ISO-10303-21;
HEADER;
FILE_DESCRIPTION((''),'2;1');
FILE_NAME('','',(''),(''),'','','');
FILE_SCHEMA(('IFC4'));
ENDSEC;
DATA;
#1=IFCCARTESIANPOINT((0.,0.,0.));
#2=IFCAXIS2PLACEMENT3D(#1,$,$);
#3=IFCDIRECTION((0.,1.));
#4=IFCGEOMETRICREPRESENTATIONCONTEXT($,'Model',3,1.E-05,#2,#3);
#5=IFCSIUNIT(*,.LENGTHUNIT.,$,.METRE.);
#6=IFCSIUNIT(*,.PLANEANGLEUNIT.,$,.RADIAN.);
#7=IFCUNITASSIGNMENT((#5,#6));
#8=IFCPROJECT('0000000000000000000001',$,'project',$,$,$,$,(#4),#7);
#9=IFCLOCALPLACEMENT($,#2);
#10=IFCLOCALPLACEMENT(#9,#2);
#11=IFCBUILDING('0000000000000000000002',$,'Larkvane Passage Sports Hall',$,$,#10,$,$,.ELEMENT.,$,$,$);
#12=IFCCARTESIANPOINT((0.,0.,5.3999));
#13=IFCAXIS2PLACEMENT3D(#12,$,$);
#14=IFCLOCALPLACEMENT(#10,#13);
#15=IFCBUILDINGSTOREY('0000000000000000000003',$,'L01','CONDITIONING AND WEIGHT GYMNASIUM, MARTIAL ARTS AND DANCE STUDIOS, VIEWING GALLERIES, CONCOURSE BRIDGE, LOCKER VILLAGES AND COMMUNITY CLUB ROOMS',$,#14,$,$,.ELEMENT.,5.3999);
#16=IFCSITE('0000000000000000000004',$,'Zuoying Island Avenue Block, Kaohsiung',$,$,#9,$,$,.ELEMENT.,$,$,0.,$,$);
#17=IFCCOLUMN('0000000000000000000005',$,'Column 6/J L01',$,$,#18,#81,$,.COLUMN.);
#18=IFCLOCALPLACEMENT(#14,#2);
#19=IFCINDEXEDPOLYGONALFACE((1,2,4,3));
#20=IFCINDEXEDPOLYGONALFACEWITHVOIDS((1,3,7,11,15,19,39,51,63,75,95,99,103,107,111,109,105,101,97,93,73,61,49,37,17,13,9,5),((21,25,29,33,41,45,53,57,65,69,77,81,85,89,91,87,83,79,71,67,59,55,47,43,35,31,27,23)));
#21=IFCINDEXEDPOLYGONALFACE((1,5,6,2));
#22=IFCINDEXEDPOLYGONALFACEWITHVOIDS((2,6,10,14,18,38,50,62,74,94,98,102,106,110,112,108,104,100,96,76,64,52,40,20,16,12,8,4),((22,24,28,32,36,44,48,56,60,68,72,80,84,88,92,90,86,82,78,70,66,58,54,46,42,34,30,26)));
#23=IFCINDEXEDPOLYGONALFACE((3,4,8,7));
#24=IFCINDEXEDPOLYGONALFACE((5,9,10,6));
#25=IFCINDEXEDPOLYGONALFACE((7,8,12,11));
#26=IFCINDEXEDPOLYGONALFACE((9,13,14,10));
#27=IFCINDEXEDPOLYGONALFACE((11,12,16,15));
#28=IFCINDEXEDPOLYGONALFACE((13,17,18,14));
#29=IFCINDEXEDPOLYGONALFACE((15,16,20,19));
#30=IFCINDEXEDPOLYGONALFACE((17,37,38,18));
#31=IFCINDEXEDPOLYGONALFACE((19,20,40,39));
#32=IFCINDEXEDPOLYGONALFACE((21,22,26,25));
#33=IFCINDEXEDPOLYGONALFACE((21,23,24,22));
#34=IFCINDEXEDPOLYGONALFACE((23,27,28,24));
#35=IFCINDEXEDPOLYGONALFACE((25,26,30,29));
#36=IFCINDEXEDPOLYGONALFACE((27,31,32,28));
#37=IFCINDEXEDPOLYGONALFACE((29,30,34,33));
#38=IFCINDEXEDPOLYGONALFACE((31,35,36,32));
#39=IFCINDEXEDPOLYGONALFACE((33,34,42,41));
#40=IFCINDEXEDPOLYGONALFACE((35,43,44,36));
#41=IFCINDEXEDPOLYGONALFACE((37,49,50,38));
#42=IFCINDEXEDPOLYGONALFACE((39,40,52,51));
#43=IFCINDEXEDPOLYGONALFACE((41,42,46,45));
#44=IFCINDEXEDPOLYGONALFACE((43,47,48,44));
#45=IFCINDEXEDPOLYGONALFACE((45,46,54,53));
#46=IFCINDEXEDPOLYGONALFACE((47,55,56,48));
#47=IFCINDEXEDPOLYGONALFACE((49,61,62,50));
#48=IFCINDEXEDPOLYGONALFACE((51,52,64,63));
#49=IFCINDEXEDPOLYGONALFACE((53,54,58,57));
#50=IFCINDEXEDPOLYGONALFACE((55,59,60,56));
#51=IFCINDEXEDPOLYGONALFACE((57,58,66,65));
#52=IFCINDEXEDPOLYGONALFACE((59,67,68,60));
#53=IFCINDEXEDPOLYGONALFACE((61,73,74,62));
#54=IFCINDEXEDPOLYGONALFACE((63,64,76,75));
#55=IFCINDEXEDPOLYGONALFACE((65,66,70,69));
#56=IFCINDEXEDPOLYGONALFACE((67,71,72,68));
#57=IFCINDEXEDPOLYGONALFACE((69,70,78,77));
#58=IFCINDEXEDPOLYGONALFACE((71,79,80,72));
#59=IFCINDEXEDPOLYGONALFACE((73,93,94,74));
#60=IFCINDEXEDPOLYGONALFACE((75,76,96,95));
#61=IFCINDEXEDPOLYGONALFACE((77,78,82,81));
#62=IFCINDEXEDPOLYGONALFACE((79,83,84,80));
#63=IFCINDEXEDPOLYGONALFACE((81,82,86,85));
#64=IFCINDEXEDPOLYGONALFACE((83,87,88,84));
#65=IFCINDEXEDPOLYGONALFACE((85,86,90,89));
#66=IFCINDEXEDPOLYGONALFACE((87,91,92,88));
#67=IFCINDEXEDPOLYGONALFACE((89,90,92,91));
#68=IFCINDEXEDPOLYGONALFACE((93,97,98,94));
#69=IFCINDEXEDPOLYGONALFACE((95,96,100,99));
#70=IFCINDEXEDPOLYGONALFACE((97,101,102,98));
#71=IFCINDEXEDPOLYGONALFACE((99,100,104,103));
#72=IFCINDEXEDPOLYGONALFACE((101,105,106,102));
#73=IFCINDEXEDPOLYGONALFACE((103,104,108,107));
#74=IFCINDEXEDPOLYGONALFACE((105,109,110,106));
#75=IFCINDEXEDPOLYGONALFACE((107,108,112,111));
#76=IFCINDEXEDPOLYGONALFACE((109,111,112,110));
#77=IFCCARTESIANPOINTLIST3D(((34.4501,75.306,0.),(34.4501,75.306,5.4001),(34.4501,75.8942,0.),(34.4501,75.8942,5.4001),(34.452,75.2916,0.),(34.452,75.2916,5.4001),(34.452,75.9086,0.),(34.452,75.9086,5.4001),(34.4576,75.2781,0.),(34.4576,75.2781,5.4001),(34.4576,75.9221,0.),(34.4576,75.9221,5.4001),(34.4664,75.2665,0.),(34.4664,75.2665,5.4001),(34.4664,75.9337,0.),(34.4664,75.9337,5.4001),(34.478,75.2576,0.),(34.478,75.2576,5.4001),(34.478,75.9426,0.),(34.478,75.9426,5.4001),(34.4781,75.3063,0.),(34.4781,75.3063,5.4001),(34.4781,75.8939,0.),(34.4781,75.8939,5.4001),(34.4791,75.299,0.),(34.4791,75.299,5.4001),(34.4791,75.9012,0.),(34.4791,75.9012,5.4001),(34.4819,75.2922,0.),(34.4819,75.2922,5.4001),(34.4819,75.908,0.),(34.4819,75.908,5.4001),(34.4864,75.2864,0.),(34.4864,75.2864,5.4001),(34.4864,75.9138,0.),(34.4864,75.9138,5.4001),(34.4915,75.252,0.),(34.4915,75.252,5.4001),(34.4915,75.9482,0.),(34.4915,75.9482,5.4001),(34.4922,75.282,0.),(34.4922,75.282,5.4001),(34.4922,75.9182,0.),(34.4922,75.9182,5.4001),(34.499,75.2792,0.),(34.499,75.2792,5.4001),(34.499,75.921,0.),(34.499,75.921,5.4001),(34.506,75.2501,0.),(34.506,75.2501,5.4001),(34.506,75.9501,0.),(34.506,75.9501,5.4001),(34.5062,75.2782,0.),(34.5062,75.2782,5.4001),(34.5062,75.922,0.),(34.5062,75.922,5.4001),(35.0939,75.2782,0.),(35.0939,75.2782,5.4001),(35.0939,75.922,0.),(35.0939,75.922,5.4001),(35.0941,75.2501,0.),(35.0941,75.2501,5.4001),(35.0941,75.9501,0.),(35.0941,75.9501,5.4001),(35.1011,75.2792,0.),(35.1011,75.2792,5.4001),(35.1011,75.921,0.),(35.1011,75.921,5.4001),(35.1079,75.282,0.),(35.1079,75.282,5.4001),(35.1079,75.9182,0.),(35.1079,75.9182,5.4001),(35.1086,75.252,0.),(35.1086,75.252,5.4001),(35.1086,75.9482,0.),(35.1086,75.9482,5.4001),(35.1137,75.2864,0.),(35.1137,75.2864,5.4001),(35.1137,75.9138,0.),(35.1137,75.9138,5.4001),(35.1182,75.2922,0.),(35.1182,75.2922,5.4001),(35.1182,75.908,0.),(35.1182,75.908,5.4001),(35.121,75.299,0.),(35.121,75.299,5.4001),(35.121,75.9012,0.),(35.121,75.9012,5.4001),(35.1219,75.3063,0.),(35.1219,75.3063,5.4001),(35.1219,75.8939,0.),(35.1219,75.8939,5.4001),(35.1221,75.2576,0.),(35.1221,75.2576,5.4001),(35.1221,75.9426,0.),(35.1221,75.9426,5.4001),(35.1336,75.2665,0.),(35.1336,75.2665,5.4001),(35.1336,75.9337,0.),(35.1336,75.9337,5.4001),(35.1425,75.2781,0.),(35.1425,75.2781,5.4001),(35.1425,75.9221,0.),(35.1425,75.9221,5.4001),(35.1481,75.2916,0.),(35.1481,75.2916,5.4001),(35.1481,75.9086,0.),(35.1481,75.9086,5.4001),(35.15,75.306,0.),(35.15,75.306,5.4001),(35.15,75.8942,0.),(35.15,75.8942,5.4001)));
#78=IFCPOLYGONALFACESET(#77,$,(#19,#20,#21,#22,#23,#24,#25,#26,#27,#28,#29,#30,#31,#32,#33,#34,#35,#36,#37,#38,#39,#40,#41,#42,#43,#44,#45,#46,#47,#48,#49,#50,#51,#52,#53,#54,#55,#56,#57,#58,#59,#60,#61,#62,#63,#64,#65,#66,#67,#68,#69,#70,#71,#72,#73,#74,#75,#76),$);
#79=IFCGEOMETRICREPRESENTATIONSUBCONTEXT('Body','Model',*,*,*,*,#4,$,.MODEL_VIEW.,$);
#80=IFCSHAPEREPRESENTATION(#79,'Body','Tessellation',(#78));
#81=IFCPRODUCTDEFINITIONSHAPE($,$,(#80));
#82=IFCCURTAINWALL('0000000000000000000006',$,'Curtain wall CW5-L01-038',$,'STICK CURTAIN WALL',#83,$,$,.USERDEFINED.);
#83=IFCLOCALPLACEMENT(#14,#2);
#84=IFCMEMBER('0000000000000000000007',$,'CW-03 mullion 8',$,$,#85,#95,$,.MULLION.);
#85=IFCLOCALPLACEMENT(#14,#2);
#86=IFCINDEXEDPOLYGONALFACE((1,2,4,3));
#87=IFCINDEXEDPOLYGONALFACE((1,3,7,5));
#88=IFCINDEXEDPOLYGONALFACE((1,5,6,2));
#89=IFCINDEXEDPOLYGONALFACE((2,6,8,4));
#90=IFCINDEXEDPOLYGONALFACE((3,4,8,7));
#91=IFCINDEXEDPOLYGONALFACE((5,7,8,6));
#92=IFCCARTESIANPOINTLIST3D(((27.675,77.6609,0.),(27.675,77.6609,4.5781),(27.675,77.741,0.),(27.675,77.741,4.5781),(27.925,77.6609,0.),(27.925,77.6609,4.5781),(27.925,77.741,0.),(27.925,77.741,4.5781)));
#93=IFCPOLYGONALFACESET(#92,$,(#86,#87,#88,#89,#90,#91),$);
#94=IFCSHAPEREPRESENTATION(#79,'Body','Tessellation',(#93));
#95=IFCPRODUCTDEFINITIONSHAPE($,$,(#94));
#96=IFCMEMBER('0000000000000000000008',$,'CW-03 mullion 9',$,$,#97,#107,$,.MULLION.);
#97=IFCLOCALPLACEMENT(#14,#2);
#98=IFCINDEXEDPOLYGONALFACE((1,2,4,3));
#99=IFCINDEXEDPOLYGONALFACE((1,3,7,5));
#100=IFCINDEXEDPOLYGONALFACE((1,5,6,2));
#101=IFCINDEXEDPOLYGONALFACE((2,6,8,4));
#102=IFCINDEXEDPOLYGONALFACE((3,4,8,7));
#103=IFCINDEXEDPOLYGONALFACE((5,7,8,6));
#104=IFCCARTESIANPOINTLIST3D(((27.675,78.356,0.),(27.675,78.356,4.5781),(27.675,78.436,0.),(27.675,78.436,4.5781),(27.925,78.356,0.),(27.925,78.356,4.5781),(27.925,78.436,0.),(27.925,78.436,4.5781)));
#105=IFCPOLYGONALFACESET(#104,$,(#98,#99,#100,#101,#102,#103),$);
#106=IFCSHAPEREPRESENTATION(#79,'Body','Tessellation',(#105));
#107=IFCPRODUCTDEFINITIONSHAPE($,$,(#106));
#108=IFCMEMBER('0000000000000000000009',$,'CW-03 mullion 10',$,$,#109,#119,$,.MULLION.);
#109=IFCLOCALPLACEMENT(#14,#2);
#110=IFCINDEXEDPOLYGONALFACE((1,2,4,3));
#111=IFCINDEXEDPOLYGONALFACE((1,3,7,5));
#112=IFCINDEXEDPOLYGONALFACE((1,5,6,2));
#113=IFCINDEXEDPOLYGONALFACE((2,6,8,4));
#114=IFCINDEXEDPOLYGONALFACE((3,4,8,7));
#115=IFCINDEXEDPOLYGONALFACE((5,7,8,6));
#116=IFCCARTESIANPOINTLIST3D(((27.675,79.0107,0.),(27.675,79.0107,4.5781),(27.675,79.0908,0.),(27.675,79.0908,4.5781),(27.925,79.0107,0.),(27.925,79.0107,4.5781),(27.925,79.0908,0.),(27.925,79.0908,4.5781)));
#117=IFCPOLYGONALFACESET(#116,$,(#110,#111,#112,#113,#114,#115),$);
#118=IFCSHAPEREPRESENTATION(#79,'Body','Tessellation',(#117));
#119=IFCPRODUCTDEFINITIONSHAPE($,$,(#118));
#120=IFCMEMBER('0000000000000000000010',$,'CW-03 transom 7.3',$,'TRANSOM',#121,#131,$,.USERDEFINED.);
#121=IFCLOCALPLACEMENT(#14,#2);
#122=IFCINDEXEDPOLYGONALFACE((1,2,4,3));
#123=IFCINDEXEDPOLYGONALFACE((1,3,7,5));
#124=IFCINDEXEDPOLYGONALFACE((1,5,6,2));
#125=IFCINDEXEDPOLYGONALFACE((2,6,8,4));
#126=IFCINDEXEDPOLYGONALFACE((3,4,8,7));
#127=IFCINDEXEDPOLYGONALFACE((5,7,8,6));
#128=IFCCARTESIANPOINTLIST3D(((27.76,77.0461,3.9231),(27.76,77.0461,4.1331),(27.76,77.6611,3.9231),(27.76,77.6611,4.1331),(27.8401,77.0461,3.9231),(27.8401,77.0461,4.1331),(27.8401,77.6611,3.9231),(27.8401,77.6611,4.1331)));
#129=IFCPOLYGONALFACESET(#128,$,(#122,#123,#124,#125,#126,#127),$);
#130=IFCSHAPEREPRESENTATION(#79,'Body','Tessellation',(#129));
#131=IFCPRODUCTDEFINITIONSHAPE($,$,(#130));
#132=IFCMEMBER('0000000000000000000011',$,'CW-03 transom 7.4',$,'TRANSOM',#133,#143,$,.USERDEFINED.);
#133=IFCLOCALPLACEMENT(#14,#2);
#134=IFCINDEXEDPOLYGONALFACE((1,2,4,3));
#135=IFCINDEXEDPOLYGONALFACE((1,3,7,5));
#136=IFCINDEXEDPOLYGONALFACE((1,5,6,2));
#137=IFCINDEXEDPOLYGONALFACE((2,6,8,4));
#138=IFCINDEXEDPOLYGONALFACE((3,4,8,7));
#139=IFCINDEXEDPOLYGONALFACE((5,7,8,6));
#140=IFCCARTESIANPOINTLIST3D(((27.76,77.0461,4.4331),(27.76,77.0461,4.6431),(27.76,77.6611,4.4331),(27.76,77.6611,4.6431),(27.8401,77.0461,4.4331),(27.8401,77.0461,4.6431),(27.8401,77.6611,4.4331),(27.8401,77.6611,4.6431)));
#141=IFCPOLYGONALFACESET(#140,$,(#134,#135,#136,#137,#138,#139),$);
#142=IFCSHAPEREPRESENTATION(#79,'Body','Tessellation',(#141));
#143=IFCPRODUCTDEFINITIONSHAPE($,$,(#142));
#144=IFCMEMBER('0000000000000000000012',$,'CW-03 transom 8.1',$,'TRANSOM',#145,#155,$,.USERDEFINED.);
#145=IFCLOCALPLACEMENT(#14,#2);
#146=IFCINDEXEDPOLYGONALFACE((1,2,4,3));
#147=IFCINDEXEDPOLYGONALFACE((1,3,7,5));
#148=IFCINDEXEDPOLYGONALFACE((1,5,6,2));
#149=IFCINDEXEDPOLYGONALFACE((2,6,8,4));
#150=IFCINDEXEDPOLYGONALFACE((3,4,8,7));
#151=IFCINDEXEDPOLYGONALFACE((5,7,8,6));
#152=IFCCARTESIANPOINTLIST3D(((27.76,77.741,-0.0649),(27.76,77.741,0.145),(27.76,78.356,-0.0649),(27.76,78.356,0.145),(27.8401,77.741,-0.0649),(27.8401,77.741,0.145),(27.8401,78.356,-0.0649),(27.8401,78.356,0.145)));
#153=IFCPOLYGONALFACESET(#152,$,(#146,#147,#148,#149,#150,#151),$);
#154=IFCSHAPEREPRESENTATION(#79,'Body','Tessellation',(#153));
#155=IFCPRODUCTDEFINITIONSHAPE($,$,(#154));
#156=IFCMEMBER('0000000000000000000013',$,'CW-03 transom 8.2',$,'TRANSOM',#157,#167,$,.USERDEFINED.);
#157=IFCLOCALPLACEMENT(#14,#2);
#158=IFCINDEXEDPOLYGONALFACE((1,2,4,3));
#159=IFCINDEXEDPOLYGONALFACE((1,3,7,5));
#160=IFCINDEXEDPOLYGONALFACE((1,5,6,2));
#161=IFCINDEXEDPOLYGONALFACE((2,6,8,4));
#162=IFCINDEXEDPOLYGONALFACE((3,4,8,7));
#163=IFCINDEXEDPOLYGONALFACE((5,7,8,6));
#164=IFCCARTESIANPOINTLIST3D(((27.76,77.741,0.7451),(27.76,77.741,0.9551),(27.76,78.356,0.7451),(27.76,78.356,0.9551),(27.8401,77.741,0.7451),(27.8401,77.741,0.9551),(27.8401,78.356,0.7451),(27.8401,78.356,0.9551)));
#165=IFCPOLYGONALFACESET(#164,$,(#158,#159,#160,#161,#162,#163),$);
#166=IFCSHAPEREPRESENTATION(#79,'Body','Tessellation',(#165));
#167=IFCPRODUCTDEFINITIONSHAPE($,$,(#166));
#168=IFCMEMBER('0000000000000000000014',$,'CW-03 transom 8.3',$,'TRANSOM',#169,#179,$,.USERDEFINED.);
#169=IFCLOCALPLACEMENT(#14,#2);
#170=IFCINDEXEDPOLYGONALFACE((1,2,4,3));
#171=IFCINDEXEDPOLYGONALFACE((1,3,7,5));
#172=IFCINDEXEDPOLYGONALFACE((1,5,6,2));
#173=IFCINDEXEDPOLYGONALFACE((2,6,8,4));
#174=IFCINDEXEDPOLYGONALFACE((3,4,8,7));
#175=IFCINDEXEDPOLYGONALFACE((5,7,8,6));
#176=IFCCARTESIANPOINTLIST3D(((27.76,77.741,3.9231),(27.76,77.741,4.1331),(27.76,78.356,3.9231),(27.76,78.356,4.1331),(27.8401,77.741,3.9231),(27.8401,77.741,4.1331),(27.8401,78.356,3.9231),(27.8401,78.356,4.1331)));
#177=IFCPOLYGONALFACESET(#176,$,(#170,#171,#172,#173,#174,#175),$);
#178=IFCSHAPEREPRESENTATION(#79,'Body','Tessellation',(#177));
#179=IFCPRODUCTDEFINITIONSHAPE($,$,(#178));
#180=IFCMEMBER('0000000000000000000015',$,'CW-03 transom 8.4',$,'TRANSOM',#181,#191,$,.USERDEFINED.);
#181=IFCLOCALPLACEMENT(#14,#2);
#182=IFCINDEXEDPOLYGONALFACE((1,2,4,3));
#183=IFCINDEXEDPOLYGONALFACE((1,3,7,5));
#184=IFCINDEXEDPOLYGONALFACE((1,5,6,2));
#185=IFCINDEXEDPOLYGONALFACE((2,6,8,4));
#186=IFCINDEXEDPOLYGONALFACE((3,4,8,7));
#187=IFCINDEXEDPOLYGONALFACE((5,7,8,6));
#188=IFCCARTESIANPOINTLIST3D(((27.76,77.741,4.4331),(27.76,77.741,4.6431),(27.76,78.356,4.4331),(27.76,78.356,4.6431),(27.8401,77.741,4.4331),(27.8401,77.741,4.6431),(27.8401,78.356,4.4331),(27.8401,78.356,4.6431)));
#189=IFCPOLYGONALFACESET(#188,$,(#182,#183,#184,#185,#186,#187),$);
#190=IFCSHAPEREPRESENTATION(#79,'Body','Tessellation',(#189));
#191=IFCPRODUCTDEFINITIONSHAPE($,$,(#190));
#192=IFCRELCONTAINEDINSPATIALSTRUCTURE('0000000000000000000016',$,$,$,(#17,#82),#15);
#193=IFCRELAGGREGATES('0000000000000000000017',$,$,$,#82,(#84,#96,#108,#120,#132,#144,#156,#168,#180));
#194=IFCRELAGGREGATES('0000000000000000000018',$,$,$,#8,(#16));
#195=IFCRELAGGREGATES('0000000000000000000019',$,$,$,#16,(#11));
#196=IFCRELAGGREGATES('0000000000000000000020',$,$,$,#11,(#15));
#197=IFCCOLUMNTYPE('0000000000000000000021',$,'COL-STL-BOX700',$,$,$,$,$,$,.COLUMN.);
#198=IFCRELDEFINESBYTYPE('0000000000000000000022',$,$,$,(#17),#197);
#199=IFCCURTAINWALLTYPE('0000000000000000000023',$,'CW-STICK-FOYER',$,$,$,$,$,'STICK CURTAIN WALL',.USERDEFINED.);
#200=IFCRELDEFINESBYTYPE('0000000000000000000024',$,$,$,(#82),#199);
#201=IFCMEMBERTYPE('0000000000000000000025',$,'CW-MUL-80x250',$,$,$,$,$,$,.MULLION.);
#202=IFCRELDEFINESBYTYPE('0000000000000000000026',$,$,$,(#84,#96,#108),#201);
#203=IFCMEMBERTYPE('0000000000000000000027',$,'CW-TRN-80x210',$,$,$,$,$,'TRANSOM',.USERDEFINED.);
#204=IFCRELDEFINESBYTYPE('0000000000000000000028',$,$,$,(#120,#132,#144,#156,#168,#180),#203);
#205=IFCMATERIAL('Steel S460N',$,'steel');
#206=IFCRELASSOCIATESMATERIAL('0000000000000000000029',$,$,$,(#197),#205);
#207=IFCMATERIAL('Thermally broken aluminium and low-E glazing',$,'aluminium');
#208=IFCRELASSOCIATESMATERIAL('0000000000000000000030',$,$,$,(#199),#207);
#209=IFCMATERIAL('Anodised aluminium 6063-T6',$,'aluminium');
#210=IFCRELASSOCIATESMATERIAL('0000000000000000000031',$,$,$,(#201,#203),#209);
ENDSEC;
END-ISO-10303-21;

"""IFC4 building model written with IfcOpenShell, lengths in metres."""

from ifc_helpers import new_model, si_unit, direction, frame, origin, origin_2d, place, context, subcontext, project, spatial, rectangle, hollow_rectangle, extrude, material, material_profile, profile_set, type_object, element, aggregate, save


model = new_model("IFC4")

# Units and contexts
model_context = context("Model", 3, precision=1e-05, world=origin(), true_north=direction((0.0, 1.0)))
body_context = subcontext(model_context, "Body", "Model", "MODEL_VIEW")
ifc_project = project(units=[si_unit("LENGTHUNIT", "METRE"), si_unit("PLANEANGLEUNIT", "RADIAN")], contexts=[model_context])

# Site, building, storey
site_placement = place(None, origin())
site = spatial("IfcSite", under=ifc_project, at=site_placement, Name="Zuoying Island Avenue Block, Kaohsiung", CompositionType="ELEMENT", RefElevation=0.0)
building_placement = place(site_placement, origin())
building = spatial("IfcBuilding", under=site, at=building_placement, Name="Larkvane Passage Sports Hall", CompositionType="ELEMENT")
storey_placement = place(building_placement, frame((0.0, 0.0, 5.3999)))
storey = spatial("IfcBuildingStorey", under=building, at=storey_placement, Name="L01", Description="CONDITIONING AND WEIGHT GYMNASIUM, MARTIAL ARTS AND DANCE STUDIOS, VIEWING GALLERIES, CONCOURSE BRIDGE, LOCKER VILLAGES AND COMMUNITY CLUB ROOMS", CompositionType="ELEMENT", Elevation=5.3999)

# Column
ifc_material_1 = material(Name="Steel S460N", Category="steel")
ifc_material_profile_1 = material_profile(ifc_material_1, hollow_rectangle(XDim=0.7, YDim=0.7, WallThickness=0.0281, InnerFilletRadius=0.0281, OuterFilletRadius=0.0559, at=origin_2d()), Name="BOX-700x700x28")
ifc_profile_set_1 = profile_set([ifc_material_profile_1], Name="Steel S460N")
column_type = type_object("IfcColumnType", Name="COL-STL-BOX700", PredefinedType="COLUMN", material=ifc_profile_set_1)
column_placement = place(storey_placement, frame((34.8, 75.6001, 0.0), z_axis=(0.0, 0.0, 1.0), x_axis=(1.0, 0.0, 0.0)))
element("IfcColumn", 1, at=column_placement, inside=storey, type_object=column_type, Name="Column 6/J L01", PredefinedType="COLUMN", context=body_context, shape_type="SweptSolid", body=[
    extrude(hollow_rectangle(XDim=0.7, YDim=0.7, WallThickness=0.0281, InnerFilletRadius=0.0281, OuterFilletRadius=0.0559, at=origin_2d()), origin(), (0.0, 0.0, 1.0), 5.4001),
])

# Curtain wall, members
ifc_material_2 = material(Name="Thermally broken aluminium and low-E glazing", Category="aluminium")
curtain_wall_type = type_object("IfcCurtainWallType", Name="CW-STICK-FOYER", ElementType="STICK CURTAIN WALL", PredefinedType="USERDEFINED", material=ifc_material_2)
curtain_wall_placement = place(storey_placement, origin())
curtain_wall = element("IfcCurtainWall", 2, at=curtain_wall_placement, inside=storey, type_object=curtain_wall_type, Name="Curtain wall CW5-L01-038", ObjectType="STICK CURTAIN WALL", PredefinedType="USERDEFINED")
ifc_material_3 = material(Name="Anodised aluminium 6063-T6", Category="aluminium")
ifc_material_profile_2 = material_profile(ifc_material_3, rectangle(XDim=0.0801, YDim=0.25, at=origin_2d()), Name="ALU-MUL-80x250")
ifc_profile_set_2 = profile_set([ifc_material_profile_2], Name="Anodised aluminium 6063-T6")
member_type_1 = type_object("IfcMemberType", Name="CW-MUL-80x250", PredefinedType="MULLION", material=ifc_profile_set_2)
member_1_placement = place(storey_placement, frame((27.8, 77.7009, 0.0), z_axis=(0.0, 0.0, 1.0), x_axis=(0.0, 1.0, 0.0)))
member_1 = element("IfcMember", 3, at=member_1_placement, type_object=member_type_1, Name="CW-03 mullion 8", PredefinedType="MULLION", context=body_context, shape_type="SweptSolid", body=[
    extrude(rectangle(XDim=0.0801, YDim=0.25, at=origin_2d()), origin(), (0.0, 0.0, 1.0), 4.5781),
])
member_2_placement = place(storey_placement, frame((27.8, 78.396, 0.0), z_axis=(0.0, 0.0, 1.0), x_axis=(0.0, 1.0, 0.0)))
member_2 = element("IfcMember", 4, at=member_2_placement, type_object=member_type_1, Name="CW-03 mullion 9", PredefinedType="MULLION", context=body_context, shape_type="SweptSolid", body=[
    extrude(rectangle(XDim=0.0801, YDim=0.25, at=origin_2d()), origin(), (0.0, 0.0, 1.0), 4.5781),
])
member_3_placement = place(storey_placement, frame((27.8, 79.0508, 0.0), z_axis=(0.0, 0.0, 1.0), x_axis=(0.0, 1.0, 0.0)))
member_3 = element("IfcMember", 5, at=member_3_placement, type_object=member_type_1, Name="CW-03 mullion 10", PredefinedType="MULLION", context=body_context, shape_type="SweptSolid", body=[
    extrude(rectangle(XDim=0.0801, YDim=0.25, at=origin_2d()), origin(), (0.0, 0.0, 1.0), 4.5781),
])
ifc_material_profile_3 = material_profile(ifc_material_3, rectangle(XDim=0.0801, YDim=0.21, at=origin_2d()), Name="ALU-TRN-80x210")
ifc_profile_set_3 = profile_set([ifc_material_profile_3], Name="Anodised aluminium 6063-T6")
member_type_2 = type_object("IfcMemberType", Name="CW-TRN-80x210", ElementType="TRANSOM", PredefinedType="USERDEFINED", material=ifc_profile_set_3)
member_4_placement = place(storey_placement, frame((27.8, 77.0461, 4.0281), z_axis=(0.0, 1.0, 0.0), x_axis=(-1.0, 0.0, 0.0)))
member_4 = element("IfcMember", 6, at=member_4_placement, type_object=member_type_2, Name="CW-03 transom 7.3", ObjectType="TRANSOM", PredefinedType="USERDEFINED", context=body_context, shape_type="SweptSolid", body=[
    extrude(rectangle(XDim=0.0801, YDim=0.21, at=origin_2d()), origin(), (0.0, 0.0, 1.0), 0.615),
])
member_5_placement = place(storey_placement, frame((27.8, 77.0461, 4.5381), z_axis=(0.0, 1.0, 0.0), x_axis=(-1.0, 0.0, 0.0)))
member_5 = element("IfcMember", 7, at=member_5_placement, type_object=member_type_2, Name="CW-03 transom 7.4", ObjectType="TRANSOM", PredefinedType="USERDEFINED", context=body_context, shape_type="SweptSolid", body=[
    extrude(rectangle(XDim=0.0801, YDim=0.21, at=origin_2d()), origin(), (0.0, 0.0, 1.0), 0.615),
])
member_6_placement = place(storey_placement, frame((27.8, 77.741, 0.04), z_axis=(0.0, 1.0, 0.0), x_axis=(-1.0, 0.0, 0.0)))
member_6 = element("IfcMember", 8, at=member_6_placement, type_object=member_type_2, Name="CW-03 transom 8.1", ObjectType="TRANSOM", PredefinedType="USERDEFINED", context=body_context, shape_type="SweptSolid", body=[
    extrude(rectangle(XDim=0.0801, YDim=0.21, at=origin_2d()), origin(), (0.0, 0.0, 1.0), 0.615),
])
member_7_placement = place(storey_placement, frame((27.8, 77.741, 0.8501), z_axis=(0.0, 1.0, 0.0), x_axis=(-1.0, 0.0, 0.0)))
member_7 = element("IfcMember", 9, at=member_7_placement, type_object=member_type_2, Name="CW-03 transom 8.2", ObjectType="TRANSOM", PredefinedType="USERDEFINED", context=body_context, shape_type="SweptSolid", body=[
    extrude(rectangle(XDim=0.0801, YDim=0.21, at=origin_2d()), origin(), (0.0, 0.0, 1.0), 0.615),
])
member_8_placement = place(storey_placement, frame((27.8, 77.741, 4.0281), z_axis=(0.0, 1.0, 0.0), x_axis=(-1.0, 0.0, 0.0)))
member_8 = element("IfcMember", 10, at=member_8_placement, type_object=member_type_2, Name="CW-03 transom 8.3", ObjectType="TRANSOM", PredefinedType="USERDEFINED", context=body_context, shape_type="SweptSolid", body=[
    extrude(rectangle(XDim=0.0801, YDim=0.21, at=origin_2d()), origin(), (0.0, 0.0, 1.0), 0.615),
])
member_9_placement = place(storey_placement, frame((27.8, 77.741, 4.5381), z_axis=(0.0, 1.0, 0.0), x_axis=(-1.0, 0.0, 0.0)))
member_9 = element("IfcMember", 11, at=member_9_placement, type_object=member_type_2, Name="CW-03 transom 8.4", ObjectType="TRANSOM", PredefinedType="USERDEFINED", context=body_context, shape_type="SweptSolid", body=[
    extrude(rectangle(XDim=0.0801, YDim=0.21, at=origin_2d()), origin(), (0.0, 0.0, 1.0), 0.615),
])

aggregate(curtain_wall, [member_1, member_2, member_3, member_4, member_5, member_6, member_7, member_8, member_9])

save(model, "model.ifc")
